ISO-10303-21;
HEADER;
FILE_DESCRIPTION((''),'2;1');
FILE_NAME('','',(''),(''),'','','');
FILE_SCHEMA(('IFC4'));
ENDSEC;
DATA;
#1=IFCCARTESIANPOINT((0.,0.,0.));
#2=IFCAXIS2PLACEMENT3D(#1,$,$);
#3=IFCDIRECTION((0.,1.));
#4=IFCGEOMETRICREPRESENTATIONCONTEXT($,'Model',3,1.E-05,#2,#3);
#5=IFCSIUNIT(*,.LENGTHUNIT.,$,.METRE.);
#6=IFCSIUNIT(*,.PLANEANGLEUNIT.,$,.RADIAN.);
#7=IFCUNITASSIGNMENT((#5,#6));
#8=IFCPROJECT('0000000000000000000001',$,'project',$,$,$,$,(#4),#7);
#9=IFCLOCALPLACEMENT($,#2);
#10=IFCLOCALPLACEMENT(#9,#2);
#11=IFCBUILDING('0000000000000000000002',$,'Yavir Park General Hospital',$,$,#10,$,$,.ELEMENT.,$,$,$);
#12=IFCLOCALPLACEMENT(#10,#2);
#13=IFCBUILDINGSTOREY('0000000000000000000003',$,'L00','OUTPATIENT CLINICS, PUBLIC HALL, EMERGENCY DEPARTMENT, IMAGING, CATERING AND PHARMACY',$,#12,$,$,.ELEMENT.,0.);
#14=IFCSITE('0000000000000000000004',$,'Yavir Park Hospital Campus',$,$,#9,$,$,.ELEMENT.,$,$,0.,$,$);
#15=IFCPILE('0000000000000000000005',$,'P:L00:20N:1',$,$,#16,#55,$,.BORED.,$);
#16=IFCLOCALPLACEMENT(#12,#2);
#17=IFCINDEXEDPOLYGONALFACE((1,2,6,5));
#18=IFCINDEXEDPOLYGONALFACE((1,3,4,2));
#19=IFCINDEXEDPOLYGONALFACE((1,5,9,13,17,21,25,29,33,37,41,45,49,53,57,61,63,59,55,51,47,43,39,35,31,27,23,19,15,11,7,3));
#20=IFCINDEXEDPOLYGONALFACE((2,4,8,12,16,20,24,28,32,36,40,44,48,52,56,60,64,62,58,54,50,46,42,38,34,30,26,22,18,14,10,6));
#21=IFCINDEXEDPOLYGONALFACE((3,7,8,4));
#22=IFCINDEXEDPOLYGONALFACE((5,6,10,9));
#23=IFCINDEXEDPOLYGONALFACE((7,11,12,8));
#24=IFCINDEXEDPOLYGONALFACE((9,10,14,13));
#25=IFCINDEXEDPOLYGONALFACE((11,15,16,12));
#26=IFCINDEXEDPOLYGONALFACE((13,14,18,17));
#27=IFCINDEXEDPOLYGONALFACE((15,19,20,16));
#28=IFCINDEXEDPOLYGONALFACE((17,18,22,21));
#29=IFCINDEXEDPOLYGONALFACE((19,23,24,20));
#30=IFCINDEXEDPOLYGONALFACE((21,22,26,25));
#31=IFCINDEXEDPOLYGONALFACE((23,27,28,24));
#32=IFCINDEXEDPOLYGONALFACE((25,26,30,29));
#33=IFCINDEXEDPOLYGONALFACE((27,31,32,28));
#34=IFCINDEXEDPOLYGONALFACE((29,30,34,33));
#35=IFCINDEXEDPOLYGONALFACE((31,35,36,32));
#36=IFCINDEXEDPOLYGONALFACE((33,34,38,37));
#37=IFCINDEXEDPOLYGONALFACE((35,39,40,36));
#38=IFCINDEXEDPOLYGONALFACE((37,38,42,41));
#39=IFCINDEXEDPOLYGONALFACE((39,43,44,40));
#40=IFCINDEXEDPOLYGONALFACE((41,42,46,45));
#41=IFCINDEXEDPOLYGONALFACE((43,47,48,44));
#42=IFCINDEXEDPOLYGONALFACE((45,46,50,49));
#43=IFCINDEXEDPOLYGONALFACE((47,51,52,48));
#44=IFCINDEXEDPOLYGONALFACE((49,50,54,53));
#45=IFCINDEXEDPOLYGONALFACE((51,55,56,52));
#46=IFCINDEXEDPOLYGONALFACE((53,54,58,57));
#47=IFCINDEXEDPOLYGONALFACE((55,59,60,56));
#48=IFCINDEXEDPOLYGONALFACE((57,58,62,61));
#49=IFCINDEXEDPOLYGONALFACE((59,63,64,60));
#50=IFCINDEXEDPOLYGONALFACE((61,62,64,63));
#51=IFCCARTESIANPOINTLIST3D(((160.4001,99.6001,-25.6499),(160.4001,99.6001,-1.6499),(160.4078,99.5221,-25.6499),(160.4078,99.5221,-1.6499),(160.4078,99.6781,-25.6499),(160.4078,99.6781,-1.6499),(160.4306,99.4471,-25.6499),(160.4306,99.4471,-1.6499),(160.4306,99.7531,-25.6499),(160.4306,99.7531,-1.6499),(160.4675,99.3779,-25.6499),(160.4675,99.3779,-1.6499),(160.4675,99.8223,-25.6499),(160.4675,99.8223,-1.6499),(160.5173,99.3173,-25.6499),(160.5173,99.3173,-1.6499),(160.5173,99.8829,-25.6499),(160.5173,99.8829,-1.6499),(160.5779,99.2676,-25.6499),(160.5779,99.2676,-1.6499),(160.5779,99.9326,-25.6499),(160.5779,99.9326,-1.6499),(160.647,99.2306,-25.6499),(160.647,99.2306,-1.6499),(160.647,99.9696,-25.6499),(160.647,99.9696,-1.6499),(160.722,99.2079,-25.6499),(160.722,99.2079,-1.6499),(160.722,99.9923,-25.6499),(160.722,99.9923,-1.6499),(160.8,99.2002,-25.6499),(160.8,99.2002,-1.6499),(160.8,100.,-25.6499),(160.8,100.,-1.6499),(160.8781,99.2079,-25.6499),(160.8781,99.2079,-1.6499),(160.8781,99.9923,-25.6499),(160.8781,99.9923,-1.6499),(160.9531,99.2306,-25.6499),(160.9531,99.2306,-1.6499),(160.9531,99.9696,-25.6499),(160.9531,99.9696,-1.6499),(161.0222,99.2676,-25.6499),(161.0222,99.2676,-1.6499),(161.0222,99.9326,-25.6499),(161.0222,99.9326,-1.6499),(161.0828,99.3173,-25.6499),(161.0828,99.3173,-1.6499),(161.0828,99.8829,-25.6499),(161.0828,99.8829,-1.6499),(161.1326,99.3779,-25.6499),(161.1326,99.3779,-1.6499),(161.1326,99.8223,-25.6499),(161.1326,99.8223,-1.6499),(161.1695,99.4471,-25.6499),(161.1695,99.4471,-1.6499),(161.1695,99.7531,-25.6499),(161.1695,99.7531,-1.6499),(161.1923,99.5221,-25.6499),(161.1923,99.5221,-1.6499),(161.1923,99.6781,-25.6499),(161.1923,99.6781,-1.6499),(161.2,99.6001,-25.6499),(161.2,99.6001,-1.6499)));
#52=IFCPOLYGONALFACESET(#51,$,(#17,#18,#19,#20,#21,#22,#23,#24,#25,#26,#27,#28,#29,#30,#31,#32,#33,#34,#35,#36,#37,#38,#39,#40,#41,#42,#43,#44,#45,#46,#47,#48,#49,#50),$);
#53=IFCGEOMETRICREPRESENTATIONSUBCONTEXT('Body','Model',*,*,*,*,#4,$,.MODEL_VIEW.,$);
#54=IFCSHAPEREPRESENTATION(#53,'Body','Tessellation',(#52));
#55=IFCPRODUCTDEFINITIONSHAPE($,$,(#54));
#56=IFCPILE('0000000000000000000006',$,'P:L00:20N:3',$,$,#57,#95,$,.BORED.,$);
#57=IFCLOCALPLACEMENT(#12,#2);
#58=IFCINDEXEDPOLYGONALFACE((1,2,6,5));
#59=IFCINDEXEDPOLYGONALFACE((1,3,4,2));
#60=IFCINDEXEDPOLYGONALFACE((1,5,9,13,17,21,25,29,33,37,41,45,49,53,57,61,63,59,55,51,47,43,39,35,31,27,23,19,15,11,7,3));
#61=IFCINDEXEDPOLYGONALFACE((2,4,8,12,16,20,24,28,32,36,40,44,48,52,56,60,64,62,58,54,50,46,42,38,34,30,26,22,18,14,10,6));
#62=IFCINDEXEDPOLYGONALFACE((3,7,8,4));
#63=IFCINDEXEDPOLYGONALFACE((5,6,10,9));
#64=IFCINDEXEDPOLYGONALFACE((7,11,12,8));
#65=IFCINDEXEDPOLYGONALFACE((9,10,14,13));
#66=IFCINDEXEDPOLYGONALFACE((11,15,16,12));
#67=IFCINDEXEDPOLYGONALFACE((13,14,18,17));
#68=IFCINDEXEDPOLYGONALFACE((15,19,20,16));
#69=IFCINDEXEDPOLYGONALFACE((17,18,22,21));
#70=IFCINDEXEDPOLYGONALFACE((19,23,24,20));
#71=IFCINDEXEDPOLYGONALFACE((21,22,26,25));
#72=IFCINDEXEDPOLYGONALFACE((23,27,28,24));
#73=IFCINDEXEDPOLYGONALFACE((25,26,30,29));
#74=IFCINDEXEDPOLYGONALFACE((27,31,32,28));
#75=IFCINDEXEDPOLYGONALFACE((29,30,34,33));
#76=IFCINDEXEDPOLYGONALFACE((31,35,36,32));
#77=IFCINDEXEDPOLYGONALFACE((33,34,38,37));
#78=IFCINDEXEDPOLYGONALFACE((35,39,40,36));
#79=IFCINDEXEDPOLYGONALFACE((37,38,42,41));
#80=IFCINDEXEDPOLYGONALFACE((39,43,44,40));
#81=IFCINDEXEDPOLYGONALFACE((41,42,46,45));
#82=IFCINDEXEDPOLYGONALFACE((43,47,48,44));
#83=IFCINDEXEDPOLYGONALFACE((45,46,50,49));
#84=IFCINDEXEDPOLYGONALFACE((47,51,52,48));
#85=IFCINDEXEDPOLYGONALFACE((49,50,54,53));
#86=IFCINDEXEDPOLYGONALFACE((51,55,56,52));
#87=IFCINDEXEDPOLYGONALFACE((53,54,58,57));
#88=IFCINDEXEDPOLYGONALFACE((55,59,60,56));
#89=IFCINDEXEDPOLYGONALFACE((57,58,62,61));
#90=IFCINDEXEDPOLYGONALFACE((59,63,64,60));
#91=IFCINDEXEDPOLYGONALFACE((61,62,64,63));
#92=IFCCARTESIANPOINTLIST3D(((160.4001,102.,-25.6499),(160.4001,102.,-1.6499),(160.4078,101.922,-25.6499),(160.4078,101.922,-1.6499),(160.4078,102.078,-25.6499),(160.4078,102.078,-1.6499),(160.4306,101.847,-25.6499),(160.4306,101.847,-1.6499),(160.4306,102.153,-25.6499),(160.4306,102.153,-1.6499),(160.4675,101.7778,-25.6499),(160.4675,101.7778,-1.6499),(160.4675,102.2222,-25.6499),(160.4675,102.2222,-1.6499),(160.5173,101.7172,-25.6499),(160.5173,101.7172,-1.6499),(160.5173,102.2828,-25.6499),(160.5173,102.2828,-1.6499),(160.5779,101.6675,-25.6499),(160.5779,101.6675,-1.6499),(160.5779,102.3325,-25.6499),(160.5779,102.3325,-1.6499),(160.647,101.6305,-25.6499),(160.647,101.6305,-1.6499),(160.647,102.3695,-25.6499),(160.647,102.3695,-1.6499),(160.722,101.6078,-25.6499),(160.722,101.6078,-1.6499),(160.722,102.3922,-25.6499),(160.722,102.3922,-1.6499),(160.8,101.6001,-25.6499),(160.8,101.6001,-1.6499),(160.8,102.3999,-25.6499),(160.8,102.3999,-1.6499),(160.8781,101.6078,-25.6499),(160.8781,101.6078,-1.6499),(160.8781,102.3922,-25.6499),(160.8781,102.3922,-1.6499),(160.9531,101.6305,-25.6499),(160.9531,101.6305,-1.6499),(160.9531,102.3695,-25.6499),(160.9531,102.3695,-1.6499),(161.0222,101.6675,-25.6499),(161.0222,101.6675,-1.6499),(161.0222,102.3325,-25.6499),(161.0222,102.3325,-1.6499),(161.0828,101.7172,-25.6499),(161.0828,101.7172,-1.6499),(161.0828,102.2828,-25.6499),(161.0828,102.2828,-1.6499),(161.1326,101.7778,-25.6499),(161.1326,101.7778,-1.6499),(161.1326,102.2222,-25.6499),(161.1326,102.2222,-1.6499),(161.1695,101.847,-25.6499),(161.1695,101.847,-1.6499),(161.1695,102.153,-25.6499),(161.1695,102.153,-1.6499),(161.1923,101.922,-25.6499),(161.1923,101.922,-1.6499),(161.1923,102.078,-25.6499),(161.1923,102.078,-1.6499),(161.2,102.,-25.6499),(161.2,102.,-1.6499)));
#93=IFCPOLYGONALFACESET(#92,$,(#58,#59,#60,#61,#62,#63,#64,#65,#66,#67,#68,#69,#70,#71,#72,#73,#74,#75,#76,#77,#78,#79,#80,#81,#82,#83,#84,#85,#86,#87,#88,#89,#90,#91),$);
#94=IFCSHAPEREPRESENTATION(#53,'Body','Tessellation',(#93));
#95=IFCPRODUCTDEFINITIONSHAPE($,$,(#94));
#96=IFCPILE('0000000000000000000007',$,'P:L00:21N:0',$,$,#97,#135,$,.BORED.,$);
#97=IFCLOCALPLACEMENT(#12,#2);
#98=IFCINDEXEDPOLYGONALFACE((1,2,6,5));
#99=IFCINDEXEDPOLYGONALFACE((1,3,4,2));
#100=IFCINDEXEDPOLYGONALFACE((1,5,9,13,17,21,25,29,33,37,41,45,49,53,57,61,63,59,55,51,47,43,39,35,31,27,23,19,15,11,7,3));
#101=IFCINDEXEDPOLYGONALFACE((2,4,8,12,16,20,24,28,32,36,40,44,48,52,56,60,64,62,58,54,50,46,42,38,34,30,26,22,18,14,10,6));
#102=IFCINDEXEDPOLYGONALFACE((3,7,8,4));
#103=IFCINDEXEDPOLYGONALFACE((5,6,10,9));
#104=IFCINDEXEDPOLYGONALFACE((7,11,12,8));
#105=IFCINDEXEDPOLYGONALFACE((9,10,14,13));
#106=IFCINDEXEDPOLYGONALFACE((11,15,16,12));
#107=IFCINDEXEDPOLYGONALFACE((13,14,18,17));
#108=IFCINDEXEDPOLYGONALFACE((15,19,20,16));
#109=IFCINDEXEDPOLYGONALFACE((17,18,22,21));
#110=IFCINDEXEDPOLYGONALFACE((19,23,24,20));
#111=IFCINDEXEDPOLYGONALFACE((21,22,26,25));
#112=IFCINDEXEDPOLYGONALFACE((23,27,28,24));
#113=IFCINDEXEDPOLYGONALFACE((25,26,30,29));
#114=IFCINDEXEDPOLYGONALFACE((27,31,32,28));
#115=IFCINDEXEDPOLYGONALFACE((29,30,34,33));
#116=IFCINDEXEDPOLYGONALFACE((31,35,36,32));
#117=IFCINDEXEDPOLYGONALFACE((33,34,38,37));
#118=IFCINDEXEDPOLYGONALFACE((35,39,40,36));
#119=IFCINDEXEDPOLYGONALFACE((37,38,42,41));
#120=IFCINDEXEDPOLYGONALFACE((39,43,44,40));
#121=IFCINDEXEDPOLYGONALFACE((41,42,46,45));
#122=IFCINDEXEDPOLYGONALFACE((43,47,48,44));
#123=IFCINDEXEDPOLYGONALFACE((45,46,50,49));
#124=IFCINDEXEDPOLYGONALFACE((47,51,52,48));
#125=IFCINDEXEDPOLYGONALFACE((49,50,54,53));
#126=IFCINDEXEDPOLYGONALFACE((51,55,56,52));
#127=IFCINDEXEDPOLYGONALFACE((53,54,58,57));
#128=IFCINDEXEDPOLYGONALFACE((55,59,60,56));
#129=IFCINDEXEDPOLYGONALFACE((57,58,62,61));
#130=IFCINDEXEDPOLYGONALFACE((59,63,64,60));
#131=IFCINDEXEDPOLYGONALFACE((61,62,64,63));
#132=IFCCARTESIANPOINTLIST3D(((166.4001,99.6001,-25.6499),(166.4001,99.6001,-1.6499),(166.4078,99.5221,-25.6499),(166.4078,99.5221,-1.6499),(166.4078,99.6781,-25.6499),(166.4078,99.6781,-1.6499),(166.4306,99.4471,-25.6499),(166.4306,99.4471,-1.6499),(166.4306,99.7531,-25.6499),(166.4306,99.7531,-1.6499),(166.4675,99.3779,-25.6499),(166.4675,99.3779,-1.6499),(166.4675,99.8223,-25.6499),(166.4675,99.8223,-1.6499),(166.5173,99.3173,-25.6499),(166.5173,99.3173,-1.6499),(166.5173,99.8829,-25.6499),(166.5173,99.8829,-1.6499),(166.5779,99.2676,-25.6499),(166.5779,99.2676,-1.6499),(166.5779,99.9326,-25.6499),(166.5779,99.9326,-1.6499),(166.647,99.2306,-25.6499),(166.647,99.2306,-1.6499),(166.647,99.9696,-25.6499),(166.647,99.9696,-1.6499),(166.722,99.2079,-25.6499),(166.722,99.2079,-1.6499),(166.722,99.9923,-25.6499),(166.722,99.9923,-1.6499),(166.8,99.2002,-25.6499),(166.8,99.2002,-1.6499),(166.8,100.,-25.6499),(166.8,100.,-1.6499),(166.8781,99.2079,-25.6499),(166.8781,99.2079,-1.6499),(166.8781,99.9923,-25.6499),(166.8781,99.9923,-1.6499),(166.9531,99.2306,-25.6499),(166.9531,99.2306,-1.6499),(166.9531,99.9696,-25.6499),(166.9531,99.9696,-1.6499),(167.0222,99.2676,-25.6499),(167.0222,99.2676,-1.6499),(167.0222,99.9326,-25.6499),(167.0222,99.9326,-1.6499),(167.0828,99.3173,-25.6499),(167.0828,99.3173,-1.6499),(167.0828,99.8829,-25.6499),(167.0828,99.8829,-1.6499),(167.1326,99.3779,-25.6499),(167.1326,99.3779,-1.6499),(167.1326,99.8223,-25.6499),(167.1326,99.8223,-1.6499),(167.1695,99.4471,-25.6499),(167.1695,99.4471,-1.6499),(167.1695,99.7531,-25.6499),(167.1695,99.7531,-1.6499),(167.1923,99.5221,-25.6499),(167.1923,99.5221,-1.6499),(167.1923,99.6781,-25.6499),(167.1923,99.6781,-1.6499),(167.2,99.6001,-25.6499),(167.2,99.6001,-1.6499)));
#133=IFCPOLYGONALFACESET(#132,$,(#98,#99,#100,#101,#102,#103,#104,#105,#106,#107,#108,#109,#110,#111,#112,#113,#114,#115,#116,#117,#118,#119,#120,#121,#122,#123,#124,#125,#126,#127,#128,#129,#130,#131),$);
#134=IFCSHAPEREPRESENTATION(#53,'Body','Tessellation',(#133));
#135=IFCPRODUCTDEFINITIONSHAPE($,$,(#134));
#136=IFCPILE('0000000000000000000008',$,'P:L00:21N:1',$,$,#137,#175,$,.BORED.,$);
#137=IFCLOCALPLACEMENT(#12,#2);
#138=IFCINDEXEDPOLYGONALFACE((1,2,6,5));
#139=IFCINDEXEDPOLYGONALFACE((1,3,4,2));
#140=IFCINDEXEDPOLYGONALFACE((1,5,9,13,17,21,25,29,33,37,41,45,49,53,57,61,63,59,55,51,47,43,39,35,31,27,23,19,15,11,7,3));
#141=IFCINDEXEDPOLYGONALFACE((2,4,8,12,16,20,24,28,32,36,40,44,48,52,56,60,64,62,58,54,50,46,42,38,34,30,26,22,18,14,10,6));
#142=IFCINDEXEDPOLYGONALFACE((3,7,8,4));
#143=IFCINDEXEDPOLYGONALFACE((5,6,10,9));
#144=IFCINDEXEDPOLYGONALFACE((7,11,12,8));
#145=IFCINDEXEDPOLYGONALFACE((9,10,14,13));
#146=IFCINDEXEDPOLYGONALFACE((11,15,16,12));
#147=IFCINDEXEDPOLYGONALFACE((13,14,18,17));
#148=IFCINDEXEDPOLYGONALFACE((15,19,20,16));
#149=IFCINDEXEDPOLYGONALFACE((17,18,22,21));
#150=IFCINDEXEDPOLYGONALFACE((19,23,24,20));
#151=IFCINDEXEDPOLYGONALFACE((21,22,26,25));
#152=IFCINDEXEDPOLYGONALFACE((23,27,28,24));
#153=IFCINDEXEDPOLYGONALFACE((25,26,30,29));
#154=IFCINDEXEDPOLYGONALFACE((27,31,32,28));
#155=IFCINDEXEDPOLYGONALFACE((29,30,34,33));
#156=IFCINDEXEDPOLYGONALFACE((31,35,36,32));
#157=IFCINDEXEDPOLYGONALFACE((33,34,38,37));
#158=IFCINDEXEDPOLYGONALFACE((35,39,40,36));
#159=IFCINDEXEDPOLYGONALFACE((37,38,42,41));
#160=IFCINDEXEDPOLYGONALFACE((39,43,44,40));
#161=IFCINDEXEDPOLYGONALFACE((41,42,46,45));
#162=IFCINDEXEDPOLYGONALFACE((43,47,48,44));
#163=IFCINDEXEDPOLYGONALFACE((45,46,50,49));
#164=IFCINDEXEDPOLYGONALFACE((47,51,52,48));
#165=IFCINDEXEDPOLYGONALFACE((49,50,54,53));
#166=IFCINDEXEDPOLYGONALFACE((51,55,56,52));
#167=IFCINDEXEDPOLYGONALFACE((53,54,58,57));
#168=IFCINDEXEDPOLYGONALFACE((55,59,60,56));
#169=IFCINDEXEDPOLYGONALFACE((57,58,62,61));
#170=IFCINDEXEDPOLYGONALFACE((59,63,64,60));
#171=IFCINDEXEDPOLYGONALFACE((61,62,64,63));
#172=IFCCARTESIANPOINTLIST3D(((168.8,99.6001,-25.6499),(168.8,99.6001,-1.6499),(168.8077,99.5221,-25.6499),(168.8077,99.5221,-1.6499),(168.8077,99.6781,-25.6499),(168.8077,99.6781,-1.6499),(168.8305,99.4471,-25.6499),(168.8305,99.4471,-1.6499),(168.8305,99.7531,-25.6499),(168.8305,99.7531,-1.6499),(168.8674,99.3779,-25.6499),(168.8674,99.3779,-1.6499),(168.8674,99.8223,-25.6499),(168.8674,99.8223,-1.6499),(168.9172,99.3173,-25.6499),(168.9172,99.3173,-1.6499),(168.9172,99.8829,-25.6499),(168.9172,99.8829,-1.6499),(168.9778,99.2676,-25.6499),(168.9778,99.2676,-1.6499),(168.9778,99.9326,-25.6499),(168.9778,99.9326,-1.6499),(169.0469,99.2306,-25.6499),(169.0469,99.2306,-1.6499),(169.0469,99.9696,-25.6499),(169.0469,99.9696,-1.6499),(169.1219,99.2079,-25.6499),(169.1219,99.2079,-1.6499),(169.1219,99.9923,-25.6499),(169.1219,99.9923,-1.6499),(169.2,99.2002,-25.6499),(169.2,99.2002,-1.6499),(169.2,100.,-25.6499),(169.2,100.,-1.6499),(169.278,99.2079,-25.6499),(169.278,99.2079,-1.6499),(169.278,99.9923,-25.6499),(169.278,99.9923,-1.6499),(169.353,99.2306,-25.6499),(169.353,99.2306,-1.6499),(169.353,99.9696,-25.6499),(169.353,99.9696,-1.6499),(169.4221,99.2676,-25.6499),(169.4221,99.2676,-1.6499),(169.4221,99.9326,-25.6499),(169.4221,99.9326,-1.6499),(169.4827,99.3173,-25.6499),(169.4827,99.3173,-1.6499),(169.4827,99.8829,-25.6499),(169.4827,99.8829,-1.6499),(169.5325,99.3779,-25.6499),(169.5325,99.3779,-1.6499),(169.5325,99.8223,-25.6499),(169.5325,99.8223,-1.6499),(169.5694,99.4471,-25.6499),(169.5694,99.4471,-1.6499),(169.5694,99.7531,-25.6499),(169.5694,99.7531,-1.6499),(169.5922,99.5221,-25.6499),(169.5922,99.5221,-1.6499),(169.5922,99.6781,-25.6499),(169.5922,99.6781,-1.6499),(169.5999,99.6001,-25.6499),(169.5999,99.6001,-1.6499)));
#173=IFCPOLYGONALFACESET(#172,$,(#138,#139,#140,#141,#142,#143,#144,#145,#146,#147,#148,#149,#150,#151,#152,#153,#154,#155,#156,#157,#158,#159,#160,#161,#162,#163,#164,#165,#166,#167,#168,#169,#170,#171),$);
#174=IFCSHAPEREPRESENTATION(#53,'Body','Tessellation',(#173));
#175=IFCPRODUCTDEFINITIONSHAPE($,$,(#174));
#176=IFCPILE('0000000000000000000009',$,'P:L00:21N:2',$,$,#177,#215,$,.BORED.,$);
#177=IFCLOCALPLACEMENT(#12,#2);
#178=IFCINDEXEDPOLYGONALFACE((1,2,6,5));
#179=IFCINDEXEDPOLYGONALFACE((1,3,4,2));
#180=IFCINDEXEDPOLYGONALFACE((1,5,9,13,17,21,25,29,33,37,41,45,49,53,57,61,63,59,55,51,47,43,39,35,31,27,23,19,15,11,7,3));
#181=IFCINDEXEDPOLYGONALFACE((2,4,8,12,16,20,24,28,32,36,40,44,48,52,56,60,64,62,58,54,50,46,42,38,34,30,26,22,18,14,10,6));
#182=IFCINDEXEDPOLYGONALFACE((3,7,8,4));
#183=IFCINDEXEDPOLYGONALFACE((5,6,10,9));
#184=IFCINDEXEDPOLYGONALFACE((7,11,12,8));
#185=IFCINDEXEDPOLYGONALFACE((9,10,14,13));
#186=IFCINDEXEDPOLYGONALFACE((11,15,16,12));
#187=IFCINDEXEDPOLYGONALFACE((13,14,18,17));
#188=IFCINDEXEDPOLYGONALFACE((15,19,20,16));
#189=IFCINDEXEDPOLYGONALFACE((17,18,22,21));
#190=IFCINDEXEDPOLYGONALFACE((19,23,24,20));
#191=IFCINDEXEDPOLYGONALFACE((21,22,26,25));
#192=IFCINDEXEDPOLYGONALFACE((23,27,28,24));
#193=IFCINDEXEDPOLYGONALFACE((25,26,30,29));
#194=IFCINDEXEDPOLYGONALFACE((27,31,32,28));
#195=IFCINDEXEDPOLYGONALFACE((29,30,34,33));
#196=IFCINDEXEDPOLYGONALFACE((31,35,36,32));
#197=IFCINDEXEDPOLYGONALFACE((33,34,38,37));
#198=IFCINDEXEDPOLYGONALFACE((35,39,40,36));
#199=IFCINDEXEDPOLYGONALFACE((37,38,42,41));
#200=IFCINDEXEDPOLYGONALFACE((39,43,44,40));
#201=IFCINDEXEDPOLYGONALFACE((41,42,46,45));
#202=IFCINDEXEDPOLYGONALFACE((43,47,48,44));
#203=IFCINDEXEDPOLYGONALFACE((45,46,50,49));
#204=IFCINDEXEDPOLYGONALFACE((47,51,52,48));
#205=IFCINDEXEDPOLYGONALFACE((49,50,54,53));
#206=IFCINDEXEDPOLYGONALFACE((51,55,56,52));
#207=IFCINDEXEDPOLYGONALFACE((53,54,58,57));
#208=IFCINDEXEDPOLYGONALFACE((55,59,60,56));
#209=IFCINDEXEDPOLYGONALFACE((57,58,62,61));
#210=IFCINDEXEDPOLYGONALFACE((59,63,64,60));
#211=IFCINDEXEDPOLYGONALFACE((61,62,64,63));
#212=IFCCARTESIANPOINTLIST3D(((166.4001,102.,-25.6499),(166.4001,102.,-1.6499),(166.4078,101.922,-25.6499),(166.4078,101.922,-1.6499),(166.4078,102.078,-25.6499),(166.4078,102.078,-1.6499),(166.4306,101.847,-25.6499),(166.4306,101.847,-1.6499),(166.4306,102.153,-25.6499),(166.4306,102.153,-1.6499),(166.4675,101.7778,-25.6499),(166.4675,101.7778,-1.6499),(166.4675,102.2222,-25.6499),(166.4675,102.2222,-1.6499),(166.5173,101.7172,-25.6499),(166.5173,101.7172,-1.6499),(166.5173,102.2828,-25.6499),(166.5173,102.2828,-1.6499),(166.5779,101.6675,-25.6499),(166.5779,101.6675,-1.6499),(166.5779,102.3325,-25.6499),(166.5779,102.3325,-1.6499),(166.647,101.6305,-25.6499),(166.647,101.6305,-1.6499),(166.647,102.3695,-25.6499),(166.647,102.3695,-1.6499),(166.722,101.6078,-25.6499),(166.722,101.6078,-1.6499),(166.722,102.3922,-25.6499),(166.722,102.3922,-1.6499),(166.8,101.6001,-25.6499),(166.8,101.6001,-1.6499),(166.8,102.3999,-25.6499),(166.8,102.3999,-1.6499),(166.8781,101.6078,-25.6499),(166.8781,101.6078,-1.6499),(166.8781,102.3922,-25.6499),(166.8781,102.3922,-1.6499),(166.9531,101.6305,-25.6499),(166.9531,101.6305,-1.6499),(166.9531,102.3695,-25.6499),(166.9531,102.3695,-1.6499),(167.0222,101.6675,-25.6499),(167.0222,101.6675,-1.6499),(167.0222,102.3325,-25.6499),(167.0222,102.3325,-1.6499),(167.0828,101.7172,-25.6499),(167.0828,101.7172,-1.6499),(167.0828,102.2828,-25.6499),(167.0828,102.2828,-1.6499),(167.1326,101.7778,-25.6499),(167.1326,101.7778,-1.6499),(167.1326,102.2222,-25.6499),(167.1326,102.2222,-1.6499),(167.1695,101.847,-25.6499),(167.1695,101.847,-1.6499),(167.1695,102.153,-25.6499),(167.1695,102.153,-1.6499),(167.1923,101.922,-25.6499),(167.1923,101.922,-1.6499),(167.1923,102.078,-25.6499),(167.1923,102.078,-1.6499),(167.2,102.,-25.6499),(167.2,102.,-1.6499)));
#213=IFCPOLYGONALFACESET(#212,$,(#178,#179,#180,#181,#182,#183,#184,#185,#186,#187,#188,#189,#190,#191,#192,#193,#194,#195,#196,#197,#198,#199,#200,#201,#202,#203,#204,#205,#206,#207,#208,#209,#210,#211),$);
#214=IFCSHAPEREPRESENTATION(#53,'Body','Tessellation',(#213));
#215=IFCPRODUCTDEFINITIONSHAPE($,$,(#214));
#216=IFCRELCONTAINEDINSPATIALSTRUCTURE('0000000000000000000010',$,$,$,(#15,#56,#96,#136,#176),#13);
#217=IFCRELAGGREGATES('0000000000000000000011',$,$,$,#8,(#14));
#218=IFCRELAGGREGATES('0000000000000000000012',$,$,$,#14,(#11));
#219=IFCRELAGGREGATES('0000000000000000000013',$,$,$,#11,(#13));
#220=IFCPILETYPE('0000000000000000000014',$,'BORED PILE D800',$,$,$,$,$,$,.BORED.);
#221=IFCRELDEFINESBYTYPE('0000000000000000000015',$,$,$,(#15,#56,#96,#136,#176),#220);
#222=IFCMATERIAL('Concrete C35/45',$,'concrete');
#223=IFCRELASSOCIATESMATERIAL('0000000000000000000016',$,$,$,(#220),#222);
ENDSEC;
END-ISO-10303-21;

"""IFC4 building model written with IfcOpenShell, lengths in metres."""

from ifc_helpers import new_model, si_unit, direction, frame, origin, origin_2d, place, context, subcontext, project, spatial, circle, extrude, material, material_profile, profile_set, type_object, element, save


model = new_model("IFC4")

# Units and contexts
model_context = context("Model", 3, precision=1e-05, world=origin(), true_north=direction((0.0, 1.0)))
body_context = subcontext(model_context, "Body", "Model", "MODEL_VIEW")
ifc_project = project(units=[si_unit("LENGTHUNIT", "METRE"), si_unit("PLANEANGLEUNIT", "RADIAN")], contexts=[model_context])

# Site, building, storey
site_placement = place(None, origin())
site = spatial("IfcSite", under=ifc_project, at=site_placement, Name="Yavir Park Hospital Campus", CompositionType="ELEMENT", RefElevation=0.0)
building_placement = place(site_placement, origin())
building = spatial("IfcBuilding", under=site, at=building_placement, Name="Yavir Park General Hospital", CompositionType="ELEMENT")
storey_placement = place(building_placement, origin())
storey = spatial("IfcBuildingStorey", under=building, at=storey_placement, Name="L00", Description="OUTPATIENT CLINICS, PUBLIC HALL, EMERGENCY DEPARTMENT, IMAGING, CATERING AND PHARMACY", CompositionType="ELEMENT", Elevation=0.0)

# Piles
ifc_material_1 = material(Name="Concrete C35/45", Category="concrete")
ifc_material_profile_1 = material_profile(ifc_material_1, circle(Radius=0.3999, at=origin_2d()), Name="D800")
ifc_profile_set_1 = profile_set([ifc_material_profile_1], Name="Concrete C35/45")
pile_type = type_object("IfcPileType", Name="BORED PILE D800", PredefinedType="BORED", material=ifc_profile_set_1)
for number, where, z_axis, x_axis, name in (
    (1, (160.8, 99.6001, -1.6499), (0.0, 0.0, -1.0), (1.0, 0.0, 0.0), "P:L00:20N:1"),
    (2, (160.8, 102.0, -1.6499), (0.0, 0.0, -1.0), (1.0, 0.0, 0.0), "P:L00:20N:3"),
    (3, (166.8, 99.6001, -1.6499), (0.0, 0.0, -1.0), (1.0, 0.0, 0.0), "P:L00:21N:0"),
    (4, (169.2, 99.6001, -1.6499), (0.0, 0.0, -1.0), (1.0, 0.0, 0.0), "P:L00:21N:1"),
    (5, (166.8, 102.0, -1.6499), (0.0, 0.0, -1.0), (1.0, 0.0, 0.0), "P:L00:21N:2"),
):
    element("IfcPile", number, at=place(storey_placement, frame(where, z_axis=z_axis, x_axis=x_axis)), inside=storey, type_object=pile_type, Name=name, PredefinedType="BORED", context=body_context, shape_type="SweptSolid", body=[
        extrude(circle(Radius=0.3999, at=origin_2d()), origin(), (0.0, 0.0, 1.0), 24.0),
    ])

save(model, "model.ifc")
